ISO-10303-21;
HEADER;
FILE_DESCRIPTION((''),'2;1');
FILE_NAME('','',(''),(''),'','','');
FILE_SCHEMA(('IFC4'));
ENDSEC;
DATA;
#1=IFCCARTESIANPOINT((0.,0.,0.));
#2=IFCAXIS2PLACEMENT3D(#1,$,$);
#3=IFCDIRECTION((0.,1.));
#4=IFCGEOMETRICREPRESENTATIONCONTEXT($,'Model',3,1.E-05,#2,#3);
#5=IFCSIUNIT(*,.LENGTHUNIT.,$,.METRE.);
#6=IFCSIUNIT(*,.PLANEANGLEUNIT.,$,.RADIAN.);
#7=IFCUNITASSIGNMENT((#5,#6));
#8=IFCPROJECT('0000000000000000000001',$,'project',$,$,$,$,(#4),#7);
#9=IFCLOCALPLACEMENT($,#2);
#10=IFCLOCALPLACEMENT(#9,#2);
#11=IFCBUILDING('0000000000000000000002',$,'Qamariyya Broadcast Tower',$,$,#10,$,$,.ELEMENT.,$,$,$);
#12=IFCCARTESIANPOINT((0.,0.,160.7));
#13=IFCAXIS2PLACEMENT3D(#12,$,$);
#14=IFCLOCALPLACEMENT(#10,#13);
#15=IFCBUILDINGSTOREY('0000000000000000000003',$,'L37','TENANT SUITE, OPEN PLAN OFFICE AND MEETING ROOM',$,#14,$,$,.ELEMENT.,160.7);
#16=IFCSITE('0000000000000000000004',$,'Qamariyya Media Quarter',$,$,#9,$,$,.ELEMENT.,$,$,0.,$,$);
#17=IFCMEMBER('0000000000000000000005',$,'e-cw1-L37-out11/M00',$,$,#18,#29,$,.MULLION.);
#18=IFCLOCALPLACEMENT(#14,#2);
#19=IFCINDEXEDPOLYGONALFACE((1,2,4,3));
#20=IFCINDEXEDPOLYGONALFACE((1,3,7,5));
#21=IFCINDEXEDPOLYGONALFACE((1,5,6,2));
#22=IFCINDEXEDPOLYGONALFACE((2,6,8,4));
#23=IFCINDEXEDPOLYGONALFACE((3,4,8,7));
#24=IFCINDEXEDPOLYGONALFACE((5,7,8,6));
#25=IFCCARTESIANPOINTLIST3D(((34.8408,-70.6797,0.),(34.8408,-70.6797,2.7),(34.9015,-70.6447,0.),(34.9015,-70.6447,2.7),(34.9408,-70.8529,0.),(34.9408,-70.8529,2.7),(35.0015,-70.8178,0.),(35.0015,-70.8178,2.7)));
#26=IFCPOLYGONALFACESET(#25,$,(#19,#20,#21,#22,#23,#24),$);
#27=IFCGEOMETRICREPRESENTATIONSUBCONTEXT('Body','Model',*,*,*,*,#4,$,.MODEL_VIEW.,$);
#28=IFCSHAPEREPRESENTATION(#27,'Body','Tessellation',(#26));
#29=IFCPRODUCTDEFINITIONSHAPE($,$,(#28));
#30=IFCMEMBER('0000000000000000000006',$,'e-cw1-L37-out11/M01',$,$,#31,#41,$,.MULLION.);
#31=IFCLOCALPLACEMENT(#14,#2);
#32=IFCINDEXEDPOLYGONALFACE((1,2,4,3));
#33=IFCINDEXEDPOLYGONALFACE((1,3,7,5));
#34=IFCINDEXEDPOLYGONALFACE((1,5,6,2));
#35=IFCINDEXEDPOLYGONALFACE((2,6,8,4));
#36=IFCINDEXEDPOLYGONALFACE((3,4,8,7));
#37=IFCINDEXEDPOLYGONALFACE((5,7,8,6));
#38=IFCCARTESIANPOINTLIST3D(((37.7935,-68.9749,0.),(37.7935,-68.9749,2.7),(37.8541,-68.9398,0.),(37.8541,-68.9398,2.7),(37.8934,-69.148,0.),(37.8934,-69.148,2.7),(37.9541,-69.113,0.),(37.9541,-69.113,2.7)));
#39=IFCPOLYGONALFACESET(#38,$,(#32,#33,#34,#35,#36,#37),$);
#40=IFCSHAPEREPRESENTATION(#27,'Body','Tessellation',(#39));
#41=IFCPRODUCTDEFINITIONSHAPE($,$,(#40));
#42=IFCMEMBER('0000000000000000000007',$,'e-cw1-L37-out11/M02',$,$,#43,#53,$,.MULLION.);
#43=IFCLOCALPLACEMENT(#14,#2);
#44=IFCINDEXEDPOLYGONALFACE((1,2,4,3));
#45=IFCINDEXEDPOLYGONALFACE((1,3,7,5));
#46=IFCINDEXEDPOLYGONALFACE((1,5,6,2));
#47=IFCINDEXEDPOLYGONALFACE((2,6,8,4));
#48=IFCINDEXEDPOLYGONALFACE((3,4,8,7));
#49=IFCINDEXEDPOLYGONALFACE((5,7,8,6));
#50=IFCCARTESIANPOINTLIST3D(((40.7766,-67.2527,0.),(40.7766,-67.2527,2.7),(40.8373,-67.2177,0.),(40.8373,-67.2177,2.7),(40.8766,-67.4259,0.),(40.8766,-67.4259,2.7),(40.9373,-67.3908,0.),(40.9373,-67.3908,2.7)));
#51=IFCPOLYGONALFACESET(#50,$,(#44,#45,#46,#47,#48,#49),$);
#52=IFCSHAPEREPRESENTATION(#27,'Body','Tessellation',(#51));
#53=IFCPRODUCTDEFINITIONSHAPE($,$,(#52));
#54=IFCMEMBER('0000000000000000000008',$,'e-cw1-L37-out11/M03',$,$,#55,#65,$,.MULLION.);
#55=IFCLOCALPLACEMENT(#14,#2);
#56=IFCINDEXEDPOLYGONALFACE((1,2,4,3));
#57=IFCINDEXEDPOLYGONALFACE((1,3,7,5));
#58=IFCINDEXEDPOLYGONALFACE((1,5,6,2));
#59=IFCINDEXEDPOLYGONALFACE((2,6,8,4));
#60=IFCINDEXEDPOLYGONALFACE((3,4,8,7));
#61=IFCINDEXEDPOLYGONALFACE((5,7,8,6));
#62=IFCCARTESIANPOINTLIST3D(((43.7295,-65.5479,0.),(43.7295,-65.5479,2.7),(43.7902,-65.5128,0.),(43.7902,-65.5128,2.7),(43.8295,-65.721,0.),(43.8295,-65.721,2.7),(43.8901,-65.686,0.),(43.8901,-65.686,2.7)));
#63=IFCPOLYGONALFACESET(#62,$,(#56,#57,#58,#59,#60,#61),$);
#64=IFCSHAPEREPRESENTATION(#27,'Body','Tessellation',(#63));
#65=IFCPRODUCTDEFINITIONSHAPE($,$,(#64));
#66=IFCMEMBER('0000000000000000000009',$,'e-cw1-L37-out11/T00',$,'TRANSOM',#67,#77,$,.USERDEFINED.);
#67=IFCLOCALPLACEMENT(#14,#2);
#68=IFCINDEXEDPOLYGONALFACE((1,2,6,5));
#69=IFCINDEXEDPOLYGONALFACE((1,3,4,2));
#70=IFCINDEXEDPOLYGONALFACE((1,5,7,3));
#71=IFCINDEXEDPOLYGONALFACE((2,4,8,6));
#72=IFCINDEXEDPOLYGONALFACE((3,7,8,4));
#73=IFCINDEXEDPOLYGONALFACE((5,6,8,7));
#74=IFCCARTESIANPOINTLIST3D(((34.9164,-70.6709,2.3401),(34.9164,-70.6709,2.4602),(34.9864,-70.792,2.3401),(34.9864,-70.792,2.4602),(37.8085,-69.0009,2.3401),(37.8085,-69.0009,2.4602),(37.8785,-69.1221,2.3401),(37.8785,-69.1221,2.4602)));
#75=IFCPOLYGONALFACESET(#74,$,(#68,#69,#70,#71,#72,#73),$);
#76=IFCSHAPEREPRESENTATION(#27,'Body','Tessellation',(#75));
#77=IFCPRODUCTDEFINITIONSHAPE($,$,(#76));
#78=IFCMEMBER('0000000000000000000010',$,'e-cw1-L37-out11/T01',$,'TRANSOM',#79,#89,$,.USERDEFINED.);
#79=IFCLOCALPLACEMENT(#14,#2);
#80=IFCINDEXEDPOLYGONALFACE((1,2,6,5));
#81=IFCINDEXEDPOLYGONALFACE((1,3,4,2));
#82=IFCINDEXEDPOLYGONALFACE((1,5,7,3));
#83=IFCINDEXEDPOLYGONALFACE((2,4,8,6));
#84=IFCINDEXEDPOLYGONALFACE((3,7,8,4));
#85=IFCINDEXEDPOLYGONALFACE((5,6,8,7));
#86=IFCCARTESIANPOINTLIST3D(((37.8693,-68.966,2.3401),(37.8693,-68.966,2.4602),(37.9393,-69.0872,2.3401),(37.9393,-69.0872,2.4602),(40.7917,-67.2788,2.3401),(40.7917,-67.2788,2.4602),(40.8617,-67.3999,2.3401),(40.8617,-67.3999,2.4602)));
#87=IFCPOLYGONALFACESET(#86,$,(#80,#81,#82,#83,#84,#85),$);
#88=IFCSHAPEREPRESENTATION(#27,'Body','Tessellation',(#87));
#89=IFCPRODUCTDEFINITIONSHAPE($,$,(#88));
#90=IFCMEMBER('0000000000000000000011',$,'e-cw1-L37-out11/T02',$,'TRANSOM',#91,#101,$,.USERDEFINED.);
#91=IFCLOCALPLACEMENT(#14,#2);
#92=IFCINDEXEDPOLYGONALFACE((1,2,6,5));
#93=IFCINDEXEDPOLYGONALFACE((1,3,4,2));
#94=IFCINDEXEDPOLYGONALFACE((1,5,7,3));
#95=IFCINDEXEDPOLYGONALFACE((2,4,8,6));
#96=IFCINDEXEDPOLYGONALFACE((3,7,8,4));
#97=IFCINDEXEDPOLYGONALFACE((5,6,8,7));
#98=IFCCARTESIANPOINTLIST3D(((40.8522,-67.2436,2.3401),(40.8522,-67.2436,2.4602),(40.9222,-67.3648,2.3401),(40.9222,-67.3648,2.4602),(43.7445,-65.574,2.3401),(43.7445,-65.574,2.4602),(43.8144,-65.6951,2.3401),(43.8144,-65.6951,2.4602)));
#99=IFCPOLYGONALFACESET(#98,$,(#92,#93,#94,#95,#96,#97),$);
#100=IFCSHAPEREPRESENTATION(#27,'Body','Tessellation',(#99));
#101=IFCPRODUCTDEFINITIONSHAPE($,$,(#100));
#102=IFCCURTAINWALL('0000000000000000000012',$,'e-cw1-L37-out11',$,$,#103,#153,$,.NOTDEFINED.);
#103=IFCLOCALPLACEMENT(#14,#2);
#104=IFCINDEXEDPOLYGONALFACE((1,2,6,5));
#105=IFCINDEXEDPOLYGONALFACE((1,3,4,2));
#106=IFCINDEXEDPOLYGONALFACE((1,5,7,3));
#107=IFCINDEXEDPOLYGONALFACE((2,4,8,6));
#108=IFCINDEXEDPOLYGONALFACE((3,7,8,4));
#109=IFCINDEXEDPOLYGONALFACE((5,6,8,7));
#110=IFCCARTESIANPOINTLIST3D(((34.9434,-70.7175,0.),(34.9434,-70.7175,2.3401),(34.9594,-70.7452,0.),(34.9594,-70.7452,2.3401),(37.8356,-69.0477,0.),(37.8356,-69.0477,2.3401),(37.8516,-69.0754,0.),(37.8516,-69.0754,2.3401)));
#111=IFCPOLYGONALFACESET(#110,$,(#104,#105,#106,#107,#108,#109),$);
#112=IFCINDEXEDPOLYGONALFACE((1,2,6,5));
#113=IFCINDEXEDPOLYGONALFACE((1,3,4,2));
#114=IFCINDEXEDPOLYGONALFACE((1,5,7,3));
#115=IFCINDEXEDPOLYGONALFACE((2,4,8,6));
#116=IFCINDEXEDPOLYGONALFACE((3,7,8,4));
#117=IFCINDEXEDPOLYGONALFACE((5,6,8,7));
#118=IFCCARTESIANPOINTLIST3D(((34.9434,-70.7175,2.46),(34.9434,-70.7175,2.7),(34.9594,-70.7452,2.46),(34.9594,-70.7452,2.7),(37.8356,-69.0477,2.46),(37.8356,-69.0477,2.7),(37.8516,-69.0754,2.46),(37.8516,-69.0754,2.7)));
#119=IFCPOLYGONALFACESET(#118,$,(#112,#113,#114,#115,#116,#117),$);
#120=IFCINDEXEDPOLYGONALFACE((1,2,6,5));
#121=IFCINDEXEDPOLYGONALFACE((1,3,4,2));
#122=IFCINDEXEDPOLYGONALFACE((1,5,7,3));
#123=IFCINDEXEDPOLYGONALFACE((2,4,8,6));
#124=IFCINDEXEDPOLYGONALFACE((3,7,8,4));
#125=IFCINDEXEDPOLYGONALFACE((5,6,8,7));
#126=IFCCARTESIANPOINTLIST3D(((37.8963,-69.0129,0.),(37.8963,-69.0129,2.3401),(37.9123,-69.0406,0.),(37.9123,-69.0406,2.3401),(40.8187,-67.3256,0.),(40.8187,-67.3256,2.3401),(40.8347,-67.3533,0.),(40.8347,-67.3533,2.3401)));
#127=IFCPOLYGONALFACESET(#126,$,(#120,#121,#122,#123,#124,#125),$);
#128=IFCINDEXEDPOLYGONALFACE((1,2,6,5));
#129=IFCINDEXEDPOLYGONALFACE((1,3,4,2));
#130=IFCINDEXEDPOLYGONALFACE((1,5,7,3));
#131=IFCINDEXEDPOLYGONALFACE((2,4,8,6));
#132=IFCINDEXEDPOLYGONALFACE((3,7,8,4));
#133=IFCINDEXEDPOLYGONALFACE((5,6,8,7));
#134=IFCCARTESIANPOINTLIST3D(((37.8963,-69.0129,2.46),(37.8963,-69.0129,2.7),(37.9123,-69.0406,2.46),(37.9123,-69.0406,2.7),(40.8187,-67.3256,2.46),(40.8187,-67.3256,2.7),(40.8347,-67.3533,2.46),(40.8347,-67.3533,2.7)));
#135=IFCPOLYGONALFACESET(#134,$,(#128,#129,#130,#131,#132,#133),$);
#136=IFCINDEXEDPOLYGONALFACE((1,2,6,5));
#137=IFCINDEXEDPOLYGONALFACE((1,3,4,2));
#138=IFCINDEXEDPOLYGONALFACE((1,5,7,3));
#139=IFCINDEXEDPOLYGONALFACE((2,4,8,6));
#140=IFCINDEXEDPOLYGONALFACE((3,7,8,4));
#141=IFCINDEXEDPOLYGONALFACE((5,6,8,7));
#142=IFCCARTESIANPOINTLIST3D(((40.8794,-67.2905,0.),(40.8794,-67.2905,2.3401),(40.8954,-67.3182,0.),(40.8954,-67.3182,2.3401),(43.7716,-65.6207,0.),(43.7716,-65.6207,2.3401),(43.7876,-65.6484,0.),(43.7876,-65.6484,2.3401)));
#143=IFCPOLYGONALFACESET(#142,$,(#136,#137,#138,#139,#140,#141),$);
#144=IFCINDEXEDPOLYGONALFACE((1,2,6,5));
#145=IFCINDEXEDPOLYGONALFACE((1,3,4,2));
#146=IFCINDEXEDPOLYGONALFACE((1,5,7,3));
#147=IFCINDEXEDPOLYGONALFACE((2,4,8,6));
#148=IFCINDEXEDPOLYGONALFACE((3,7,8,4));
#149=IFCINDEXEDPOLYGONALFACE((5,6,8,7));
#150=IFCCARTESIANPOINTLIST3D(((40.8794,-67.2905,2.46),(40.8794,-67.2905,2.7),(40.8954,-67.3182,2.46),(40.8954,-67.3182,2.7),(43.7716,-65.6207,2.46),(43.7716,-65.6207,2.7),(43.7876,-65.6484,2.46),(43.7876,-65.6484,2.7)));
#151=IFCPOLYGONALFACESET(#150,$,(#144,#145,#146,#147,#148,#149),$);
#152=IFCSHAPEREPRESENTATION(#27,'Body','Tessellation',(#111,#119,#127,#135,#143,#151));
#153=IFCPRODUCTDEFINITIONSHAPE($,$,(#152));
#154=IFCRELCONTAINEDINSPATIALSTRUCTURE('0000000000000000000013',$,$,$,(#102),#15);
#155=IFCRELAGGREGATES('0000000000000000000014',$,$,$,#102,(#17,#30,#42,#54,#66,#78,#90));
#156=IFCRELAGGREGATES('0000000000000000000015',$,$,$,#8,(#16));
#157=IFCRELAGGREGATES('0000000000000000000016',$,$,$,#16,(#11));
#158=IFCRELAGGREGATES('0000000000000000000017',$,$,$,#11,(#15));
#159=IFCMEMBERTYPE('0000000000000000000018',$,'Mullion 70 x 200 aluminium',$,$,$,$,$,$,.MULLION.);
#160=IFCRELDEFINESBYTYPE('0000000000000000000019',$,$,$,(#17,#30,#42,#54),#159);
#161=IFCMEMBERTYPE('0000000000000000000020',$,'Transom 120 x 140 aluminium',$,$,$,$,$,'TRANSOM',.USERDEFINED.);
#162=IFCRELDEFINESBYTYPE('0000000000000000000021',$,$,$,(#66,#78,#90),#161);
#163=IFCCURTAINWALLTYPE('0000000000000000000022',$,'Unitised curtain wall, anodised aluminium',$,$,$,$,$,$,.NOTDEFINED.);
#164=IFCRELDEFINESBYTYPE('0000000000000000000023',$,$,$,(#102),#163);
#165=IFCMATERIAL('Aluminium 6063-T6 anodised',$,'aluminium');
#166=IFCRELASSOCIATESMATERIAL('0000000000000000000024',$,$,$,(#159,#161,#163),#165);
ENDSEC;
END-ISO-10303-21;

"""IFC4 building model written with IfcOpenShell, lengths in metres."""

from ifc_helpers import new_model, si_unit, direction, frame, origin, origin_2d, place, context, subcontext, project, spatial, rectangle, extrude, material, material_profile, profile_set, type_object, element, aggregate, save


model = new_model("IFC4")

# Units and contexts
model_context = context("Model", 3, precision=1e-05, world=origin(), true_north=direction((0.0, 1.0)))
body_context = subcontext(model_context, "Body", "Model", "MODEL_VIEW")
ifc_project = project(units=[si_unit("LENGTHUNIT", "METRE"), si_unit("PLANEANGLEUNIT", "RADIAN")], contexts=[model_context])

# Members
ifc_material = material(Name="Aluminium 6063-T6 anodised", Category="aluminium")
ifc_material_profile_1 = material_profile(ifc_material, rectangle(XDim=0.2, YDim=0.0701, at=origin_2d()))
ifc_profile_set_1 = profile_set([ifc_material_profile_1], Name="Aluminium 6063-T6 anodised")
member_type_1 = type_object("IfcMemberType", Name="Mullion 70 x 200 aluminium", PredefinedType="MULLION", material=ifc_profile_set_1)
site_placement = place(None, origin())
building_placement = place(site_placement, origin())
storey_placement = place(building_placement, frame((0.0, 0.0, 160.7)))
member_1_placement = place(storey_placement, frame((34.9211, -70.7488, 0.0), z_axis=(0.0, 0.0, 1.0), x_axis=(-0.5, 0.866025, 0.0)))
member_1 = element("IfcMember", 1, at=member_1_placement, type_object=member_type_1, Name="e-cw1-L37-out11/M00", PredefinedType="MULLION", context=body_context, shape_type="SweptSolid", body=[
    extrude(rectangle(XDim=0.2, YDim=0.0701, at=origin_2d()), origin(), (0.0, 0.0, 1.0), 2.7),
])
member_2_placement = place(storey_placement, frame((37.8738, -69.0439, 0.0), z_axis=(0.0, 0.0, 1.0), x_axis=(-0.5, 0.866025, 0.0)))
member_2 = element("IfcMember", 2, at=member_2_placement, type_object=member_type_1, Name="e-cw1-L37-out11/M01", PredefinedType="MULLION", context=body_context, shape_type="SweptSolid", body=[
    extrude(rectangle(XDim=0.2, YDim=0.0701, at=origin_2d()), origin(), (0.0, 0.0, 1.0), 2.7),
])
member_3_placement = place(storey_placement, frame((40.8569, -67.3218, 0.0), z_axis=(0.0, 0.0, 1.0), x_axis=(-0.5, 0.866025, 0.0)))
member_3 = element("IfcMember", 3, at=member_3_placement, type_object=member_type_1, Name="e-cw1-L37-out11/M02", PredefinedType="MULLION", context=body_context, shape_type="SweptSolid", body=[
    extrude(rectangle(XDim=0.2, YDim=0.0701, at=origin_2d()), origin(), (0.0, 0.0, 1.0), 2.7),
])
member_4_placement = place(storey_placement, frame((43.8098, -65.6169, 0.0), z_axis=(0.0, 0.0, 1.0), x_axis=(-0.5, 0.866025, 0.0)))
member_4 = element("IfcMember", 4, at=member_4_placement, type_object=member_type_1, Name="e-cw1-L37-out11/M03", PredefinedType="MULLION", context=body_context, shape_type="SweptSolid", body=[
    extrude(rectangle(XDim=0.2, YDim=0.0701, at=origin_2d()), origin(), (0.0, 0.0, 1.0), 2.7),
])
ifc_material_profile_2 = material_profile(ifc_material, rectangle(XDim=0.1399, YDim=0.1201, at=origin_2d()))
ifc_profile_set_2 = profile_set([ifc_material_profile_2], Name="Aluminium 6063-T6 anodised")
member_type_2 = type_object("IfcMemberType", Name="Transom 120 x 140 aluminium", ElementType="TRANSOM", PredefinedType="USERDEFINED", material=ifc_profile_set_2)
member_5_placement = place(storey_placement, frame((34.9514, -70.7314, 2.4001), z_axis=(0.866003, 0.500039, 0.0), x_axis=(-0.500039, 0.866003, 0.0)))
member_5 = element("IfcMember", 5, at=member_5_placement, type_object=member_type_2, Name="e-cw1-L37-out11/T00", ObjectType="TRANSOM", PredefinedType="USERDEFINED", context=body_context, shape_type="SweptSolid", body=[
    extrude(rectangle(XDim=0.1399, YDim=0.1201, at=origin_2d()), origin(), (0.0, 0.0, 1.0), 3.3396),
])
member_6_placement = place(storey_placement, frame((37.9043, -69.0266, 2.4001), z_axis=(0.866022, 0.500006, 0.0), x_axis=(-0.500006, 0.866022, 0.0)))
member_6 = element("IfcMember", 6, at=member_6_placement, type_object=member_type_2, Name="e-cw1-L37-out11/T01", ObjectType="TRANSOM", PredefinedType="USERDEFINED", context=body_context, shape_type="SweptSolid", body=[
    extrude(rectangle(XDim=0.1399, YDim=0.1201, at=origin_2d()), origin(), (0.0, 0.0, 1.0), 3.3745),
])
member_7_placement = place(storey_placement, frame((40.8872, -67.3042, 2.4001), z_axis=(0.866053, 0.499952, 0.0), x_axis=(-0.499952, 0.866053, 0.0)))
member_7 = element("IfcMember", 7, at=member_7_placement, type_object=member_type_2, Name="e-cw1-L37-out11/T02", ObjectType="TRANSOM", PredefinedType="USERDEFINED", context=body_context, shape_type="SweptSolid", body=[
    extrude(rectangle(XDim=0.1399, YDim=0.1201, at=origin_2d()), origin(), (0.0, 0.0, 1.0), 3.3396),
])

# Site, building, storey
site = spatial("IfcSite", under=ifc_project, at=site_placement, Name="Qamariyya Media Quarter", CompositionType="ELEMENT", RefElevation=0.0)
building = spatial("IfcBuilding", under=site, at=building_placement, Name="Qamariyya Broadcast Tower", CompositionType="ELEMENT")
storey = spatial("IfcBuildingStorey", under=building, at=storey_placement, Name="L37", Description="TENANT SUITE, OPEN PLAN OFFICE AND MEETING ROOM", CompositionType="ELEMENT", Elevation=160.7)

# Curtain wall
curtain_wall_type = type_object("IfcCurtainWallType", Name="Unitised curtain wall, anodised aluminium", PredefinedType="NOTDEFINED", material=ifc_material)
curtain_wall_1_placement = place(storey_placement, origin())
curtain_wall_1 = element("IfcCurtainWall", 8, at=curtain_wall_1_placement, inside=storey, type_object=curtain_wall_type, Name="e-cw1-L37-out11", PredefinedType="NOTDEFINED", context=body_context, shape_type="SweptSolid", body=[
    extrude(rectangle(XDim=3.3396, YDim=0.032, at=origin_2d()), frame((36.3975, -69.8965, 0.0), x_axis=(0.866029, 0.499994, 0.0)), (0.0, 0.0, 1.0), 2.3401),
    extrude(rectangle(XDim=3.3396, YDim=0.032, at=origin_2d()), frame((36.3975, -69.8965, 2.46), x_axis=(0.866029, 0.499994, 0.0)), (0.0, 0.0, 1.0), 0.24),
    extrude(rectangle(XDim=3.3745, YDim=0.032, at=origin_2d()), frame((39.3655, -68.1831, 0.0), x_axis=(0.866029, 0.499994, 0.0)), (0.0, 0.0, 1.0), 2.3401),
    extrude(rectangle(XDim=3.3745, YDim=0.032, at=origin_2d()), frame((39.3655, -68.1831, 2.46), x_axis=(0.866029, 0.499994, 0.0)), (0.0, 0.0, 1.0), 0.24),
    extrude(rectangle(XDim=3.3396, YDim=0.032, at=origin_2d()), frame((42.3335, -66.4695, 0.0), x_axis=(0.866029, 0.499994, 0.0)), (0.0, 0.0, 1.0), 2.3401),
    extrude(rectangle(XDim=3.3396, YDim=0.032, at=origin_2d()), frame((42.3335, -66.4695, 2.46), x_axis=(0.866029, 0.499994, 0.0)), (0.0, 0.0, 1.0), 0.24),
])
aggregate(curtain_wall_1, [member_1, member_2, member_3, member_4, member_5, member_6, member_7])

save(model, "model.ifc")
